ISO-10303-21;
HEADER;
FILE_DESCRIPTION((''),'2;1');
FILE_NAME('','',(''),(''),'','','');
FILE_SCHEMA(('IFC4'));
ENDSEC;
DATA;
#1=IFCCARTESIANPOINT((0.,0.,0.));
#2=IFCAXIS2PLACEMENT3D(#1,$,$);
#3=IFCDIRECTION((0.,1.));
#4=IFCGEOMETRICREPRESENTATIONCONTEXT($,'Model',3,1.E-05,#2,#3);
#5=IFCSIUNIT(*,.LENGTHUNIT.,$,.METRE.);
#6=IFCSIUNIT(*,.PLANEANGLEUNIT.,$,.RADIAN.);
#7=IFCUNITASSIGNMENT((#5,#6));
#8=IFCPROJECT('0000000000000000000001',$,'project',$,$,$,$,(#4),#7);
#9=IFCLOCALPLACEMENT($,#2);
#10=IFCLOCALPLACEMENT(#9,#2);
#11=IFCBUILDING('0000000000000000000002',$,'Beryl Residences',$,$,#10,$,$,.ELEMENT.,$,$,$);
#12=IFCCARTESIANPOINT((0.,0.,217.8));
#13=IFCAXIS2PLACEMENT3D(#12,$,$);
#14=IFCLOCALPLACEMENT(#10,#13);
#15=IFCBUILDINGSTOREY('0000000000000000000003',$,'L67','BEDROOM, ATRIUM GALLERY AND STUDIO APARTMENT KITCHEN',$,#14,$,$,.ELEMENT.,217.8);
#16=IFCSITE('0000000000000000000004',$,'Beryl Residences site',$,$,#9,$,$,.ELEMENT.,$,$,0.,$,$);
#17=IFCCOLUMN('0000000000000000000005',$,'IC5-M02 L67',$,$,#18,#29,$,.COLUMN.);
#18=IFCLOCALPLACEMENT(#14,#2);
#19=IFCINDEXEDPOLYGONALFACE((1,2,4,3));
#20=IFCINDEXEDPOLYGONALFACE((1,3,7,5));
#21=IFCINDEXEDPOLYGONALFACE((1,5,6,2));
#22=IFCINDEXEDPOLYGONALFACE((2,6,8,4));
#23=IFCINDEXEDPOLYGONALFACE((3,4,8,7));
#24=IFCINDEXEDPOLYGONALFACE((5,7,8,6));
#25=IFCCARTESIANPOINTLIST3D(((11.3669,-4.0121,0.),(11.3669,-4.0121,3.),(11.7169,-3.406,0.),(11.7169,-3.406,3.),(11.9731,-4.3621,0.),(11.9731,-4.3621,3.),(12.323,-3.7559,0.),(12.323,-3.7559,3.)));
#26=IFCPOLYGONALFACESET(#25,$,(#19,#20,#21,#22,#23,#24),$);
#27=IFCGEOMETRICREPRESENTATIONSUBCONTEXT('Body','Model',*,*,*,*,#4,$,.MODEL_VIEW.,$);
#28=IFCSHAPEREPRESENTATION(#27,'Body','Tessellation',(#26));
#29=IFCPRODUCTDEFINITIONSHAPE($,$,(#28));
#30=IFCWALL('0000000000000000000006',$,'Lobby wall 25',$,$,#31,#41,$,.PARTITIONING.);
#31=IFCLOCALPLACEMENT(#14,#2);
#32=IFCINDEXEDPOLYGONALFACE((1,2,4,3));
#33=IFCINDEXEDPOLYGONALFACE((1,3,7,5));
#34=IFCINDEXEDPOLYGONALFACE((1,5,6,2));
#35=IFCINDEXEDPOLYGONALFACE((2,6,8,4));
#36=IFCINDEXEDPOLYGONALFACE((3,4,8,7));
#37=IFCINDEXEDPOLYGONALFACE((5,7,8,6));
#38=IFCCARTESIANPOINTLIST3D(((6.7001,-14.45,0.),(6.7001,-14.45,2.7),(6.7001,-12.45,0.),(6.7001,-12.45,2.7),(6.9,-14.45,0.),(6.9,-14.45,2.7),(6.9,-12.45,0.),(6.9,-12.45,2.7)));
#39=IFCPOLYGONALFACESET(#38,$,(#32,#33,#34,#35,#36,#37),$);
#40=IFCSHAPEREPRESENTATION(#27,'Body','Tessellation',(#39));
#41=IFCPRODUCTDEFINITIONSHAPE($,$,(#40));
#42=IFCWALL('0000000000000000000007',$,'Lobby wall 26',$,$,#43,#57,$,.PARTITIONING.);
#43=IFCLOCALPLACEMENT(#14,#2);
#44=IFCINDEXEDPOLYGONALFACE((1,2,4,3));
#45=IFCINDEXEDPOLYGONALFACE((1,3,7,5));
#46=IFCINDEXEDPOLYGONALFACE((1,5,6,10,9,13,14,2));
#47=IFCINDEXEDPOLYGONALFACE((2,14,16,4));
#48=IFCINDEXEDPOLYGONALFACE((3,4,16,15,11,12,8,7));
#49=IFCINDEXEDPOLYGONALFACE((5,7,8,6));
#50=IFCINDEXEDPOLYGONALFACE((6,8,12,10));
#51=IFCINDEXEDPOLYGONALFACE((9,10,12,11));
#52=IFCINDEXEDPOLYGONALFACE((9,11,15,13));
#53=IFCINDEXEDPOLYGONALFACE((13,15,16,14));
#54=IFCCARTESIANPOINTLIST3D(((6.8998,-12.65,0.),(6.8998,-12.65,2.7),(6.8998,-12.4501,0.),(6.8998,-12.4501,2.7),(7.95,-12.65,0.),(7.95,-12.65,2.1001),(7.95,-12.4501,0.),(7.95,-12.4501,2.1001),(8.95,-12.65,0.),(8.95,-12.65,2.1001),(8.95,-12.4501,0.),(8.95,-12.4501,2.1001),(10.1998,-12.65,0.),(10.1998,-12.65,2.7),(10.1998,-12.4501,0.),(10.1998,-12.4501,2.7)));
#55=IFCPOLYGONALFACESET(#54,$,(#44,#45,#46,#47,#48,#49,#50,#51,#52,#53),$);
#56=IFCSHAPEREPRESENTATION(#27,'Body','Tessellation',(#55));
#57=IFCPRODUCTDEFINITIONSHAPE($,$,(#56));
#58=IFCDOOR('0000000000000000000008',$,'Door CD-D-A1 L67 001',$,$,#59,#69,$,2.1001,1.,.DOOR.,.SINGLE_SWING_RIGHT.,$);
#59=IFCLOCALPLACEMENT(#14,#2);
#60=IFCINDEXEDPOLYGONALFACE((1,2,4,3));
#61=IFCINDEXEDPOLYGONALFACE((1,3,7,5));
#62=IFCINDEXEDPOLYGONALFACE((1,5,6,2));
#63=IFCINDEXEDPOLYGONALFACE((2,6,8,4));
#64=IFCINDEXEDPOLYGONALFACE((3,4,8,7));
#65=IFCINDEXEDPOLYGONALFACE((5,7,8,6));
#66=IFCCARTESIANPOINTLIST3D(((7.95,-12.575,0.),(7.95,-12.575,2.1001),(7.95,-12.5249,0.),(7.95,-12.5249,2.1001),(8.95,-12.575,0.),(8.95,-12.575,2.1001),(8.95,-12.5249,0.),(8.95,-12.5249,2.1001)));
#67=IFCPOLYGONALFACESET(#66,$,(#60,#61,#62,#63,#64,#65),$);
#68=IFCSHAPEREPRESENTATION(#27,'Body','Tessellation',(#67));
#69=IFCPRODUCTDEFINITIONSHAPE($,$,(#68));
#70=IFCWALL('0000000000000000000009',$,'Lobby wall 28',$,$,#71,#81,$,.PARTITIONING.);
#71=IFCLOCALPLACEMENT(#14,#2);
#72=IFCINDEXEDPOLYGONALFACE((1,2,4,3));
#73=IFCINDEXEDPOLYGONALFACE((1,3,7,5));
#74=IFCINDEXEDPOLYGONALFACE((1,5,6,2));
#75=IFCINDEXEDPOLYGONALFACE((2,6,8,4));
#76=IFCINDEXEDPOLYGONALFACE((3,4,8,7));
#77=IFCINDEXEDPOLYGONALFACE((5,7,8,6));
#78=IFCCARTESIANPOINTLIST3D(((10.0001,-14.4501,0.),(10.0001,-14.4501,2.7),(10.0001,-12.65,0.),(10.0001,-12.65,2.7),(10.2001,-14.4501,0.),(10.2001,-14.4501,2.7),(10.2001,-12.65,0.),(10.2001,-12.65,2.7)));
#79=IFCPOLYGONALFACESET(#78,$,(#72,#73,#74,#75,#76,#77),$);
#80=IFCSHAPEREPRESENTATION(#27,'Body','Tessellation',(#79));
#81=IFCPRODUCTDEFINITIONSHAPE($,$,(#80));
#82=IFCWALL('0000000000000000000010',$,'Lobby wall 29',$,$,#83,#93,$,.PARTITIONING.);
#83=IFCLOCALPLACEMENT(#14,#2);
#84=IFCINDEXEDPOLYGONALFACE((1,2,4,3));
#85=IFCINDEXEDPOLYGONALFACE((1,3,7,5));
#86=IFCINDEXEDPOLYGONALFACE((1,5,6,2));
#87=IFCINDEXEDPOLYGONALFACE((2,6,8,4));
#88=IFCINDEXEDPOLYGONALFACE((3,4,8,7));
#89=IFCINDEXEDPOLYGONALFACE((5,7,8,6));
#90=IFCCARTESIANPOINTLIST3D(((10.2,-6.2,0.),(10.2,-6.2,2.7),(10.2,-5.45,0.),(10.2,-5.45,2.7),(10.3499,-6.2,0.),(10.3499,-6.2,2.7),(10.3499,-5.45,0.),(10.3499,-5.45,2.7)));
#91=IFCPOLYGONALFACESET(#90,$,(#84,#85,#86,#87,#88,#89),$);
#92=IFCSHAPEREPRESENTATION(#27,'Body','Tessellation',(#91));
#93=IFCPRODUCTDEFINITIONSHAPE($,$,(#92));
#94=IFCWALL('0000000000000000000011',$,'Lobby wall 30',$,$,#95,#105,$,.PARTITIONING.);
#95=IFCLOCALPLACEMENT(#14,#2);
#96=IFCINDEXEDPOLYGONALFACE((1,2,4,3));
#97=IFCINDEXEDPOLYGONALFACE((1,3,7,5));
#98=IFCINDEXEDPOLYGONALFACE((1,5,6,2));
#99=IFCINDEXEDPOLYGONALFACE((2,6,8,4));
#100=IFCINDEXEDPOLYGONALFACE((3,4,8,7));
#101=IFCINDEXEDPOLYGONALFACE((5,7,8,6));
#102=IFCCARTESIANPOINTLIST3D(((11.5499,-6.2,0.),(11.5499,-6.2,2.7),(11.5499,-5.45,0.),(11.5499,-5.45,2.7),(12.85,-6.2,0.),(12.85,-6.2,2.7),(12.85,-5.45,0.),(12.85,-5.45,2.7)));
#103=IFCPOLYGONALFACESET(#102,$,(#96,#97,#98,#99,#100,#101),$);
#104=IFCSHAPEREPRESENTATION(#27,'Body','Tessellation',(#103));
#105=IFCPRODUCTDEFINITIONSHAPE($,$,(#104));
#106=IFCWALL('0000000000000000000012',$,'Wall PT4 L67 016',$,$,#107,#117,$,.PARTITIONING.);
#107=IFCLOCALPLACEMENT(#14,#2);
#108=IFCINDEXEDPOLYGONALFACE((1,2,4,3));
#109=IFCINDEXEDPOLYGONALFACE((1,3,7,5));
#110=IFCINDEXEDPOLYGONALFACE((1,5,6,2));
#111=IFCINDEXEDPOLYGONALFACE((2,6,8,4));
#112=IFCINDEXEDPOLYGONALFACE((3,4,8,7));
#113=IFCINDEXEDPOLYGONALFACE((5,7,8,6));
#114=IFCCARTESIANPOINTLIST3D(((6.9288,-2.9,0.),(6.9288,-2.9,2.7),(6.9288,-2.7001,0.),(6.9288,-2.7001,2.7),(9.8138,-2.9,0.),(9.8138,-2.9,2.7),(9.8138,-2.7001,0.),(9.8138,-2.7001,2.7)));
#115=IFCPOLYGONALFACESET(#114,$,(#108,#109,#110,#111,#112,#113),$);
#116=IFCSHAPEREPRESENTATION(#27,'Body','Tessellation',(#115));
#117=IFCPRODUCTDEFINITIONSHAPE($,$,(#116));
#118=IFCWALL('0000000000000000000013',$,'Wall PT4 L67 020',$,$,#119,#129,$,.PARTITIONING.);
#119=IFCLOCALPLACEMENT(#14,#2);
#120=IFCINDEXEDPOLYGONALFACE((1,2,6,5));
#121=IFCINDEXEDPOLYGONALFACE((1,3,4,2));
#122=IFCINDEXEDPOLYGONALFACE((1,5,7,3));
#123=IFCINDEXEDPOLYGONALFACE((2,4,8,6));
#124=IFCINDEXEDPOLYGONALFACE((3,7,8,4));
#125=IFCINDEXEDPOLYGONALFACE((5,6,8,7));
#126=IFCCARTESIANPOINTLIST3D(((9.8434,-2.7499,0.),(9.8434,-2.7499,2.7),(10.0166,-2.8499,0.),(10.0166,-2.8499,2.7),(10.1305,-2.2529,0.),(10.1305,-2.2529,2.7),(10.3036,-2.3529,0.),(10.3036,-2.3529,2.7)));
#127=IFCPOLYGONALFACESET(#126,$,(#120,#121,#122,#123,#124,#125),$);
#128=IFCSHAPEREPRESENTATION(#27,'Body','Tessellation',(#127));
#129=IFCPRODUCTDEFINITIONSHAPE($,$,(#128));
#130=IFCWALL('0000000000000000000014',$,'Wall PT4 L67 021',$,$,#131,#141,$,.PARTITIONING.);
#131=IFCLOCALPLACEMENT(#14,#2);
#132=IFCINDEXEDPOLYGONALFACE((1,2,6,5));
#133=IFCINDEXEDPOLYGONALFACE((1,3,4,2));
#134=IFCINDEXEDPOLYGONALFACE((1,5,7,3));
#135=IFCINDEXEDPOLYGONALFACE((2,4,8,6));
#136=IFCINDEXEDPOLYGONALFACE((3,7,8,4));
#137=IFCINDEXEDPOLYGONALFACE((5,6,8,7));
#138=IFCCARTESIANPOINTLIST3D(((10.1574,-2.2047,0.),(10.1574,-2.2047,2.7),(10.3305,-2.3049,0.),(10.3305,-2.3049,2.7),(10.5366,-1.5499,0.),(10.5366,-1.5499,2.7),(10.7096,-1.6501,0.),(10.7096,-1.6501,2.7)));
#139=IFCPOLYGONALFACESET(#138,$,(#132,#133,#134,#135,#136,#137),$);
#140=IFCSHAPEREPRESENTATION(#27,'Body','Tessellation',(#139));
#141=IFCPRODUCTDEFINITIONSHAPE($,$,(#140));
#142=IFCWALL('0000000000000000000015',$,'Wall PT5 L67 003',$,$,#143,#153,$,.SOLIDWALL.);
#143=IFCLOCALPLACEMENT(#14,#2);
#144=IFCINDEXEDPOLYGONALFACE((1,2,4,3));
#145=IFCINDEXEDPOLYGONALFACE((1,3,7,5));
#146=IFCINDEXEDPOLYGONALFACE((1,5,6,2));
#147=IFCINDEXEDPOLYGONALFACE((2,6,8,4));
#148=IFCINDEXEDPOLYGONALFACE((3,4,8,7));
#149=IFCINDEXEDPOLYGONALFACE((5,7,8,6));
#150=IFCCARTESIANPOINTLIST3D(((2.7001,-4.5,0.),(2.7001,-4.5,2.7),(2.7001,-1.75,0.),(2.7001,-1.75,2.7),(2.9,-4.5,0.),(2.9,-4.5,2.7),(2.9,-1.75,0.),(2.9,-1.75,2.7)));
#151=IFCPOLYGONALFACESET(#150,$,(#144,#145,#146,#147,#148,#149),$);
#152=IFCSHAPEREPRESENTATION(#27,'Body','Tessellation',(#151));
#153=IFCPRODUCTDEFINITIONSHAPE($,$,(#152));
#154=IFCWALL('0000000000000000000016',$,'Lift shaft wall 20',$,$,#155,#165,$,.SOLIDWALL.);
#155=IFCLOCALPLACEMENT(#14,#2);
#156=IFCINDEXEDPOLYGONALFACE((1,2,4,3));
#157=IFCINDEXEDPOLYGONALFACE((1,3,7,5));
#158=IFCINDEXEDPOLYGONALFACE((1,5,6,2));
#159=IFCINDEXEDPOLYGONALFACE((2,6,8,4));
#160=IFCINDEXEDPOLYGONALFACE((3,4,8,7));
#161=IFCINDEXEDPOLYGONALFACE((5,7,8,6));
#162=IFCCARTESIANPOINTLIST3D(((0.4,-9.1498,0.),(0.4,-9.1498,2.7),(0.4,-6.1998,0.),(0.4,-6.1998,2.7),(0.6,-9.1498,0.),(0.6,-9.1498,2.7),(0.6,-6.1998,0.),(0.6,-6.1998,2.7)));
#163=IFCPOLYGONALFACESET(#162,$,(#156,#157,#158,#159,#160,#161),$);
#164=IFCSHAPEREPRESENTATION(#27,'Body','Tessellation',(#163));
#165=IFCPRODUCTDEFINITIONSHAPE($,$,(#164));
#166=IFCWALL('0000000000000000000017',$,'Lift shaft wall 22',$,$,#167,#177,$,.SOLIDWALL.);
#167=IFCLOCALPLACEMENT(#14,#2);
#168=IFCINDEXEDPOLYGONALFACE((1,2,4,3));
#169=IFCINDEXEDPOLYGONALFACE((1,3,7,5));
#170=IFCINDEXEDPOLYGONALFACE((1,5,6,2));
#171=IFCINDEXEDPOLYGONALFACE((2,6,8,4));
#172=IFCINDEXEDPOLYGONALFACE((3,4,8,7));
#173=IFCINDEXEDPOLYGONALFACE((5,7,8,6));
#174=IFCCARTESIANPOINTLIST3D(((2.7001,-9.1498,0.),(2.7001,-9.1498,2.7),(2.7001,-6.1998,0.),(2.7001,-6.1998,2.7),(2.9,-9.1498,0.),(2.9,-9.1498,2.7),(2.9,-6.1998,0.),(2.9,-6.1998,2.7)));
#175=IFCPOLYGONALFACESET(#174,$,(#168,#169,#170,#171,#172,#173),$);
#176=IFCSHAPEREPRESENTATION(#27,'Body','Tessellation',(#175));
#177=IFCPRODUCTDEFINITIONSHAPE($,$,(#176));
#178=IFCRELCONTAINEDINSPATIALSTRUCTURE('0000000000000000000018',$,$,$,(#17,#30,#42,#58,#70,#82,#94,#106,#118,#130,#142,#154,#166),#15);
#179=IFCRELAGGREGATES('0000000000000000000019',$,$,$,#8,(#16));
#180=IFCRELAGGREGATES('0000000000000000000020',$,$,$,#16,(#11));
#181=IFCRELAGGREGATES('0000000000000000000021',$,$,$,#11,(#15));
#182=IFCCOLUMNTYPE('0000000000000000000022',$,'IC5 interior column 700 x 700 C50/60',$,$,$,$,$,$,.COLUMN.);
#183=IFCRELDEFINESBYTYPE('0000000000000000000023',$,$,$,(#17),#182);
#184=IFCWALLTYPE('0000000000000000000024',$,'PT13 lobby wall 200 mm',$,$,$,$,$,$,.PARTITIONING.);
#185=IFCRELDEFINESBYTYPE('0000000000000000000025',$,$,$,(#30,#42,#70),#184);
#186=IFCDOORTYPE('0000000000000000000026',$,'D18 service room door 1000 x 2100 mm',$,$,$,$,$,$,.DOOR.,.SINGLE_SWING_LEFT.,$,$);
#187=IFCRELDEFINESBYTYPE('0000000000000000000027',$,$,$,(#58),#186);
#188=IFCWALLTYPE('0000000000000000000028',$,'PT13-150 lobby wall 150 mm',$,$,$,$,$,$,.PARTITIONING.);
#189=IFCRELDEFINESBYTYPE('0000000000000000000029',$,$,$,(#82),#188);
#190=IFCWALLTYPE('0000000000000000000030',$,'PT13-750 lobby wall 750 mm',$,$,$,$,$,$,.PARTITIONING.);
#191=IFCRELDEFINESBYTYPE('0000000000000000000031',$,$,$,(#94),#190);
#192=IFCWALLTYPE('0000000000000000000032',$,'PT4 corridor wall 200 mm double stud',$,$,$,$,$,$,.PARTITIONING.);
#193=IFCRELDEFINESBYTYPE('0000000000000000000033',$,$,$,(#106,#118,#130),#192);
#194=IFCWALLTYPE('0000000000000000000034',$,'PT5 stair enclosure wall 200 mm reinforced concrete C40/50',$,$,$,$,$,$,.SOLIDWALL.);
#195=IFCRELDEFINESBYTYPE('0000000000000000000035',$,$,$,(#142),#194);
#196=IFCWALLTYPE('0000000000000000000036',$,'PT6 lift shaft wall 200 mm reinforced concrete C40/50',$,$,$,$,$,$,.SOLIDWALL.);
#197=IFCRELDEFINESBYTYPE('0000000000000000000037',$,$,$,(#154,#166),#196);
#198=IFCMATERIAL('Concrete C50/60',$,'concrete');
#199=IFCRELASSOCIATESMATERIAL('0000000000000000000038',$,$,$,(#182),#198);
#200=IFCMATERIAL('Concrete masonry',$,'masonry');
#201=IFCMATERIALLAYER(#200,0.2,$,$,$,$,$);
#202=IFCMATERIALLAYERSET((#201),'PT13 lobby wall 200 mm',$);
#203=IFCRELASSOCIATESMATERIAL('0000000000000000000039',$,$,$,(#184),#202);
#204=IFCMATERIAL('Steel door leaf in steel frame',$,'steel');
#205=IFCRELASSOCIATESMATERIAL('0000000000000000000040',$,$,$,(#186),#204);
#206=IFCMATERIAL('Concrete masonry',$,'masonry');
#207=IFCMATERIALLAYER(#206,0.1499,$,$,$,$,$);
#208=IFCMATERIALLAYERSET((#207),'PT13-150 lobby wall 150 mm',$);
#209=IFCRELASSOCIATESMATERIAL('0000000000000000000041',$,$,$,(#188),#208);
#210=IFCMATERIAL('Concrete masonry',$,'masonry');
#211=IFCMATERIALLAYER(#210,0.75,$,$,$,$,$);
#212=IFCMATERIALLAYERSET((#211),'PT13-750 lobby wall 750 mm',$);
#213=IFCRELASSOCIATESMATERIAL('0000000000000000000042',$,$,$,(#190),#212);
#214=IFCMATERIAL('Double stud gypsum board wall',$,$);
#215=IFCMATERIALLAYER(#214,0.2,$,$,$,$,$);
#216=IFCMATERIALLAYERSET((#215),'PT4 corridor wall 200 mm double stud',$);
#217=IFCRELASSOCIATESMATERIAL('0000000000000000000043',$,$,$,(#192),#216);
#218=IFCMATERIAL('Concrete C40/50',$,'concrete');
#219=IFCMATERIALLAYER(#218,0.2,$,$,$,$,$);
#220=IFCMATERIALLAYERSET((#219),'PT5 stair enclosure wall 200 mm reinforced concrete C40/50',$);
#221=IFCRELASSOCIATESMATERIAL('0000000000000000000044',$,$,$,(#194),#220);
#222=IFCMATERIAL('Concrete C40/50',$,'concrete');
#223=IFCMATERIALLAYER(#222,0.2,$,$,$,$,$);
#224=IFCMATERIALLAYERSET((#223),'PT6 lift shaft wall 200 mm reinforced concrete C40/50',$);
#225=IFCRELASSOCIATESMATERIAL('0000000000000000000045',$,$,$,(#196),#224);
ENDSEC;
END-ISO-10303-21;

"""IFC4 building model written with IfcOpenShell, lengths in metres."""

from ifc_helpers import new_model, si_unit, direction, frame, frame_2d, origin, origin_2d, place, context, subcontext, project, spatial, rectangle, extrude, material, layer, layer_set, material_profile, profile_set, type_object, element, fill, save


model = new_model("IFC4")

# Units and contexts
model_context = context("Model", 3, precision=1e-05, world=origin(), true_north=direction((0.0, 1.0)))
body_context = subcontext(model_context, "Body", "Model", "MODEL_VIEW")
ifc_project = project(units=[si_unit("LENGTHUNIT", "METRE"), si_unit("PLANEANGLEUNIT", "RADIAN")], contexts=[model_context])

# Site, building, storey
site_placement = place(None, origin())
site = spatial("IfcSite", under=ifc_project, at=site_placement, Name="Beryl Residences site", CompositionType="ELEMENT", RefElevation=0.0)
building_placement = place(site_placement, origin())
building = spatial("IfcBuilding", under=site, at=building_placement, Name="Beryl Residences", CompositionType="ELEMENT")
storey_placement = place(building_placement, frame((0.0, 0.0, 217.8)))
storey = spatial("IfcBuildingStorey", under=building, at=storey_placement, Name="L67", Description="BEDROOM, ATRIUM GALLERY AND STUDIO APARTMENT KITCHEN", CompositionType="ELEMENT", Elevation=217.8)

# Column
ifc_material_1 = material(Name="Concrete C50/60", Category="concrete")
ifc_material_profile = material_profile(ifc_material_1, rectangle(XDim=0.7, YDim=0.7, at=origin_2d()))
ifc_profile_set = profile_set([ifc_material_profile], Name="Concrete C50/60")
column_type = type_object("IfcColumnType", Name="IC5 interior column 700 x 700 C50/60", PredefinedType="COLUMN", material=ifc_profile_set)
column_placement = place(storey_placement, frame((11.845, -3.884, 0.0), z_axis=(0.0, 0.0, 1.0), x_axis=(0.499985, 0.866034, 0.0)))
element("IfcColumn", 1, at=column_placement, inside=storey, type_object=column_type, Name="IC5-M02 L67", PredefinedType="COLUMN", context=body_context, shape_type="SweptSolid", body=[
    extrude(rectangle(XDim=0.7, YDim=0.7, at=origin_2d()), origin(), (0.0, 0.0, 1.0), 3.0),
])

# Wall
ifc_material_2 = material(Name="Concrete masonry", Category="masonry")
ifc_layer_1 = layer(ifc_material_2, 0.2)
ifc_layer_set_1 = layer_set([ifc_layer_1], Name="PT13 lobby wall 200 mm")
wall_type_1 = type_object("IfcWallType", Name="PT13 lobby wall 200 mm", PredefinedType="PARTITIONING", material=ifc_layer_set_1)
wall_1_placement = place(storey_placement, frame((6.8, -14.45, 0.0), z_axis=(0.0, 0.0, 1.0), x_axis=(0.0, 1.0, 0.0)))
element("IfcWall", 2, at=wall_1_placement, inside=storey, type_object=wall_type_1, Name="Lobby wall 25", PredefinedType="PARTITIONING", context=body_context, shape_type="SweptSolid", body=[
    extrude(rectangle(XDim=2.0, YDim=0.2, at=frame_2d((1.0, 0.0))), origin(), (0.0, 0.0, 1.0), 2.7),
])

# Wall, opening, door
wall_2_placement = place(storey_placement, frame((6.8999, -12.55, 0.0), z_axis=(0.0, 0.0, 1.0), x_axis=(1.0, 0.0, 0.0)))
wall_2 = element("IfcWall", 3, at=wall_2_placement, inside=storey, type_object=wall_type_1, Name="Lobby wall 26", PredefinedType="PARTITIONING", context=body_context, shape_type="SweptSolid", body=[
    extrude(rectangle(XDim=3.3, YDim=0.2, at=frame_2d((1.6499, 0.0))), origin(), (0.0, 0.0, 1.0), 2.7),
])
opening_placement = place(wall_2_placement, frame((2.05, 0.0, 0.0), z_axis=(0.0, 0.0, 1.0), x_axis=(-1.0, 0.0, 0.0)))
opening = element("IfcOpeningElement", 4, at=opening_placement, cuts=wall_2, PredefinedType="OPENING", context=body_context, shape_type="SweptSolid", body=[
    extrude(rectangle(XDim=1.0, YDim=2.1001, at=frame_2d((0.5, 1.05))), frame((0.0, 0.1099, 0.0), z_axis=(0.0, -1.0, 0.0), x_axis=(1.0, 0.0, 0.0)), (0.0, 0.0, 1.0), 0.22),
])
ifc_material_3 = material(Name="Steel door leaf in steel frame", Category="steel")
door_type = type_object("IfcDoorType", Name="D18 service room door 1000 x 2100 mm", OperationType="SINGLE_SWING_LEFT", PredefinedType="DOOR", material=ifc_material_3)
door_placement = place(opening_placement, origin())
door = element("IfcDoor", 5, at=door_placement, inside=storey, type_object=door_type, Name="Door CD-D-A1 L67 001", OperationType="SINGLE_SWING_RIGHT", OverallHeight=2.1001, OverallWidth=1.0, PredefinedType="DOOR", context=body_context, shape_type="SweptSolid", body=[
    extrude(rectangle(XDim=1.0, YDim=2.1001, at=frame_2d((0.5, 1.05))), frame((0.0, 0.0249, 0.0), z_axis=(0.0, -1.0, 0.0), x_axis=(1.0, 0.0, 0.0)), (0.0, 0.0, 1.0), 0.05),
])
fill(opening, door)

# Walls
wall_3_placement = place(storey_placement, frame((10.1001, -14.45, 0.0), z_axis=(0.0, 0.0, 1.0), x_axis=(0.0, 1.0, 0.0)))
element("IfcWall", 6, at=wall_3_placement, inside=storey, type_object=wall_type_1, Name="Lobby wall 28", PredefinedType="PARTITIONING", context=body_context, shape_type="SweptSolid", body=[
    extrude(rectangle(XDim=1.8, YDim=0.2, at=frame_2d((0.8999, 0.0))), origin(), (0.0, 0.0, 1.0), 2.7),
])
ifc_material_4 = material(Name="Concrete masonry", Category="masonry")
ifc_layer_2 = layer(ifc_material_4, 0.1499)
ifc_layer_set_2 = layer_set([ifc_layer_2], Name="PT13-150 lobby wall 150 mm")
wall_type_2 = type_object("IfcWallType", Name="PT13-150 lobby wall 150 mm", PredefinedType="PARTITIONING", material=ifc_layer_set_2)
wall_4_placement = place(storey_placement, frame((10.2749, -6.2, 0.0), z_axis=(0.0, 0.0, 1.0), x_axis=(0.0, 1.0, 0.0)))
element("IfcWall", 7, at=wall_4_placement, inside=storey, type_object=wall_type_2, Name="Lobby wall 29", PredefinedType="PARTITIONING", context=body_context, shape_type="SweptSolid", body=[
    extrude(rectangle(XDim=0.75, YDim=0.1499, at=frame_2d((0.375, 0.0))), origin(), (0.0, 0.0, 1.0), 2.7),
])
ifc_material_5 = material(Name="Concrete masonry", Category="masonry")
ifc_layer_3 = layer(ifc_material_5, 0.75)
ifc_layer_set_3 = layer_set([ifc_layer_3], Name="PT13-750 lobby wall 750 mm")
wall_type_3 = type_object("IfcWallType", Name="PT13-750 lobby wall 750 mm", PredefinedType="PARTITIONING", material=ifc_layer_set_3)
wall_5_placement = place(storey_placement, frame((11.55, -5.825, 0.0), z_axis=(0.0, 0.0, 1.0), x_axis=(1.0, 0.0, 0.0)))
element("IfcWall", 8, at=wall_5_placement, inside=storey, type_object=wall_type_3, Name="Lobby wall 30", PredefinedType="PARTITIONING", context=body_context, shape_type="SweptSolid", body=[
    extrude(rectangle(XDim=1.3, YDim=0.75, at=frame_2d((0.6499, 0.0))), origin(), (0.0, 0.0, 1.0), 2.7),
])
ifc_material_6 = material(Name="Double stud gypsum board wall")
ifc_layer_4 = layer(ifc_material_6, 0.2)
ifc_layer_set_4 = layer_set([ifc_layer_4], Name="PT4 corridor wall 200 mm double stud")
wall_type_4 = type_object("IfcWallType", Name="PT4 corridor wall 200 mm double stud", PredefinedType="PARTITIONING", material=ifc_layer_set_4)
wall_6_placement = place(storey_placement, frame((6.929, -2.8, 0.0), z_axis=(0.0, 0.0, 1.0), x_axis=(1.0, 0.0, 0.0)))
element("IfcWall", 9, at=wall_6_placement, inside=storey, type_object=wall_type_4, Name="Wall PT4 L67 016", PredefinedType="PARTITIONING", context=body_context, shape_type="SweptSolid", body=[
    extrude(rectangle(XDim=2.885, YDim=0.2, at=frame_2d((1.4424, 0.0))), origin(), (0.0, 0.0, 1.0), 2.7),
])
wall_7_placement = place(storey_placement, frame((9.9299, -2.8, 0.0), z_axis=(0.0, 0.0, 1.0), x_axis=(0.500164, 0.865931, 0.0)))
element("IfcWall", 10, at=wall_7_placement, inside=storey, type_object=wall_type_4, Name="Wall PT4 L67 020", PredefinedType="PARTITIONING", context=body_context, shape_type="SweptSolid", body=[
    extrude(rectangle(XDim=0.574, YDim=0.2, at=frame_2d((0.2871, 0.0))), origin(), (0.0, 0.0, 1.0), 2.7),
])
wall_8_placement = place(storey_placement, frame((10.2439, -2.2549, 0.0), z_axis=(0.0, 0.0, 1.0), x_axis=(0.5011, 0.865389, 0.0)))
element("IfcWall", 11, at=wall_8_placement, inside=storey, type_object=wall_type_4, Name="Wall PT4 L67 021", PredefinedType="PARTITIONING", context=body_context, shape_type="SweptSolid", body=[
    extrude(rectangle(XDim=0.7566, YDim=0.2, at=frame_2d((0.3784, 0.0))), origin(), (0.0, 0.0, 1.0), 2.7),
])
ifc_material_7 = material(Name="Concrete C40/50", Category="concrete")
ifc_layer_5 = layer(ifc_material_7, 0.2)
ifc_layer_set_5 = layer_set([ifc_layer_5], Name="PT5 stair enclosure wall 200 mm reinforced concrete C40/50")
wall_type_5 = type_object("IfcWallType", Name="PT5 stair enclosure wall 200 mm reinforced concrete C40/50", PredefinedType="SOLIDWALL", material=ifc_layer_set_5)
wall_9_placement = place(storey_placement, frame((2.8, -4.5, 0.0), z_axis=(0.0, 0.0, 1.0), x_axis=(0.0, 1.0, 0.0)))
element("IfcWall", 12, at=wall_9_placement, inside=storey, type_object=wall_type_5, Name="Wall PT5 L67 003", PredefinedType="SOLIDWALL", context=body_context, shape_type="SweptSolid", body=[
    extrude(rectangle(XDim=2.75, YDim=0.2, at=frame_2d((1.375, 0.0))), origin(), (0.0, 0.0, 1.0), 2.7),
])
ifc_material_8 = material(Name="Concrete C40/50", Category="concrete")
ifc_layer_6 = layer(ifc_material_8, 0.2)
ifc_layer_set_6 = layer_set([ifc_layer_6], Name="PT6 lift shaft wall 200 mm reinforced concrete C40/50")
wall_type_6 = type_object("IfcWallType", Name="PT6 lift shaft wall 200 mm reinforced concrete C40/50", PredefinedType="SOLIDWALL", material=ifc_layer_set_6)
for number, where, z_axis, x_axis, name in (
    (13, (0.5, -9.1499, 0.0), (0.0, 0.0, 1.0), (0.0, 1.0, 0.0), "Lift shaft wall 20"),
    (14, (2.8, -9.1499, 0.0), (0.0, 0.0, 1.0), (0.0, 1.0, 0.0), "Lift shaft wall 22"),
):
    element("IfcWall", number, at=place(storey_placement, frame(where, z_axis=z_axis, x_axis=x_axis)), inside=storey, type_object=wall_type_6, Name=name, PredefinedType="SOLIDWALL", context=body_context, shape_type="SweptSolid", body=[
        extrude(rectangle(XDim=2.95, YDim=0.2, at=frame_2d((1.4751, 0.0))), origin(), (0.0, 0.0, 1.0), 2.7),
    ])

save(model, "model.ifc")
